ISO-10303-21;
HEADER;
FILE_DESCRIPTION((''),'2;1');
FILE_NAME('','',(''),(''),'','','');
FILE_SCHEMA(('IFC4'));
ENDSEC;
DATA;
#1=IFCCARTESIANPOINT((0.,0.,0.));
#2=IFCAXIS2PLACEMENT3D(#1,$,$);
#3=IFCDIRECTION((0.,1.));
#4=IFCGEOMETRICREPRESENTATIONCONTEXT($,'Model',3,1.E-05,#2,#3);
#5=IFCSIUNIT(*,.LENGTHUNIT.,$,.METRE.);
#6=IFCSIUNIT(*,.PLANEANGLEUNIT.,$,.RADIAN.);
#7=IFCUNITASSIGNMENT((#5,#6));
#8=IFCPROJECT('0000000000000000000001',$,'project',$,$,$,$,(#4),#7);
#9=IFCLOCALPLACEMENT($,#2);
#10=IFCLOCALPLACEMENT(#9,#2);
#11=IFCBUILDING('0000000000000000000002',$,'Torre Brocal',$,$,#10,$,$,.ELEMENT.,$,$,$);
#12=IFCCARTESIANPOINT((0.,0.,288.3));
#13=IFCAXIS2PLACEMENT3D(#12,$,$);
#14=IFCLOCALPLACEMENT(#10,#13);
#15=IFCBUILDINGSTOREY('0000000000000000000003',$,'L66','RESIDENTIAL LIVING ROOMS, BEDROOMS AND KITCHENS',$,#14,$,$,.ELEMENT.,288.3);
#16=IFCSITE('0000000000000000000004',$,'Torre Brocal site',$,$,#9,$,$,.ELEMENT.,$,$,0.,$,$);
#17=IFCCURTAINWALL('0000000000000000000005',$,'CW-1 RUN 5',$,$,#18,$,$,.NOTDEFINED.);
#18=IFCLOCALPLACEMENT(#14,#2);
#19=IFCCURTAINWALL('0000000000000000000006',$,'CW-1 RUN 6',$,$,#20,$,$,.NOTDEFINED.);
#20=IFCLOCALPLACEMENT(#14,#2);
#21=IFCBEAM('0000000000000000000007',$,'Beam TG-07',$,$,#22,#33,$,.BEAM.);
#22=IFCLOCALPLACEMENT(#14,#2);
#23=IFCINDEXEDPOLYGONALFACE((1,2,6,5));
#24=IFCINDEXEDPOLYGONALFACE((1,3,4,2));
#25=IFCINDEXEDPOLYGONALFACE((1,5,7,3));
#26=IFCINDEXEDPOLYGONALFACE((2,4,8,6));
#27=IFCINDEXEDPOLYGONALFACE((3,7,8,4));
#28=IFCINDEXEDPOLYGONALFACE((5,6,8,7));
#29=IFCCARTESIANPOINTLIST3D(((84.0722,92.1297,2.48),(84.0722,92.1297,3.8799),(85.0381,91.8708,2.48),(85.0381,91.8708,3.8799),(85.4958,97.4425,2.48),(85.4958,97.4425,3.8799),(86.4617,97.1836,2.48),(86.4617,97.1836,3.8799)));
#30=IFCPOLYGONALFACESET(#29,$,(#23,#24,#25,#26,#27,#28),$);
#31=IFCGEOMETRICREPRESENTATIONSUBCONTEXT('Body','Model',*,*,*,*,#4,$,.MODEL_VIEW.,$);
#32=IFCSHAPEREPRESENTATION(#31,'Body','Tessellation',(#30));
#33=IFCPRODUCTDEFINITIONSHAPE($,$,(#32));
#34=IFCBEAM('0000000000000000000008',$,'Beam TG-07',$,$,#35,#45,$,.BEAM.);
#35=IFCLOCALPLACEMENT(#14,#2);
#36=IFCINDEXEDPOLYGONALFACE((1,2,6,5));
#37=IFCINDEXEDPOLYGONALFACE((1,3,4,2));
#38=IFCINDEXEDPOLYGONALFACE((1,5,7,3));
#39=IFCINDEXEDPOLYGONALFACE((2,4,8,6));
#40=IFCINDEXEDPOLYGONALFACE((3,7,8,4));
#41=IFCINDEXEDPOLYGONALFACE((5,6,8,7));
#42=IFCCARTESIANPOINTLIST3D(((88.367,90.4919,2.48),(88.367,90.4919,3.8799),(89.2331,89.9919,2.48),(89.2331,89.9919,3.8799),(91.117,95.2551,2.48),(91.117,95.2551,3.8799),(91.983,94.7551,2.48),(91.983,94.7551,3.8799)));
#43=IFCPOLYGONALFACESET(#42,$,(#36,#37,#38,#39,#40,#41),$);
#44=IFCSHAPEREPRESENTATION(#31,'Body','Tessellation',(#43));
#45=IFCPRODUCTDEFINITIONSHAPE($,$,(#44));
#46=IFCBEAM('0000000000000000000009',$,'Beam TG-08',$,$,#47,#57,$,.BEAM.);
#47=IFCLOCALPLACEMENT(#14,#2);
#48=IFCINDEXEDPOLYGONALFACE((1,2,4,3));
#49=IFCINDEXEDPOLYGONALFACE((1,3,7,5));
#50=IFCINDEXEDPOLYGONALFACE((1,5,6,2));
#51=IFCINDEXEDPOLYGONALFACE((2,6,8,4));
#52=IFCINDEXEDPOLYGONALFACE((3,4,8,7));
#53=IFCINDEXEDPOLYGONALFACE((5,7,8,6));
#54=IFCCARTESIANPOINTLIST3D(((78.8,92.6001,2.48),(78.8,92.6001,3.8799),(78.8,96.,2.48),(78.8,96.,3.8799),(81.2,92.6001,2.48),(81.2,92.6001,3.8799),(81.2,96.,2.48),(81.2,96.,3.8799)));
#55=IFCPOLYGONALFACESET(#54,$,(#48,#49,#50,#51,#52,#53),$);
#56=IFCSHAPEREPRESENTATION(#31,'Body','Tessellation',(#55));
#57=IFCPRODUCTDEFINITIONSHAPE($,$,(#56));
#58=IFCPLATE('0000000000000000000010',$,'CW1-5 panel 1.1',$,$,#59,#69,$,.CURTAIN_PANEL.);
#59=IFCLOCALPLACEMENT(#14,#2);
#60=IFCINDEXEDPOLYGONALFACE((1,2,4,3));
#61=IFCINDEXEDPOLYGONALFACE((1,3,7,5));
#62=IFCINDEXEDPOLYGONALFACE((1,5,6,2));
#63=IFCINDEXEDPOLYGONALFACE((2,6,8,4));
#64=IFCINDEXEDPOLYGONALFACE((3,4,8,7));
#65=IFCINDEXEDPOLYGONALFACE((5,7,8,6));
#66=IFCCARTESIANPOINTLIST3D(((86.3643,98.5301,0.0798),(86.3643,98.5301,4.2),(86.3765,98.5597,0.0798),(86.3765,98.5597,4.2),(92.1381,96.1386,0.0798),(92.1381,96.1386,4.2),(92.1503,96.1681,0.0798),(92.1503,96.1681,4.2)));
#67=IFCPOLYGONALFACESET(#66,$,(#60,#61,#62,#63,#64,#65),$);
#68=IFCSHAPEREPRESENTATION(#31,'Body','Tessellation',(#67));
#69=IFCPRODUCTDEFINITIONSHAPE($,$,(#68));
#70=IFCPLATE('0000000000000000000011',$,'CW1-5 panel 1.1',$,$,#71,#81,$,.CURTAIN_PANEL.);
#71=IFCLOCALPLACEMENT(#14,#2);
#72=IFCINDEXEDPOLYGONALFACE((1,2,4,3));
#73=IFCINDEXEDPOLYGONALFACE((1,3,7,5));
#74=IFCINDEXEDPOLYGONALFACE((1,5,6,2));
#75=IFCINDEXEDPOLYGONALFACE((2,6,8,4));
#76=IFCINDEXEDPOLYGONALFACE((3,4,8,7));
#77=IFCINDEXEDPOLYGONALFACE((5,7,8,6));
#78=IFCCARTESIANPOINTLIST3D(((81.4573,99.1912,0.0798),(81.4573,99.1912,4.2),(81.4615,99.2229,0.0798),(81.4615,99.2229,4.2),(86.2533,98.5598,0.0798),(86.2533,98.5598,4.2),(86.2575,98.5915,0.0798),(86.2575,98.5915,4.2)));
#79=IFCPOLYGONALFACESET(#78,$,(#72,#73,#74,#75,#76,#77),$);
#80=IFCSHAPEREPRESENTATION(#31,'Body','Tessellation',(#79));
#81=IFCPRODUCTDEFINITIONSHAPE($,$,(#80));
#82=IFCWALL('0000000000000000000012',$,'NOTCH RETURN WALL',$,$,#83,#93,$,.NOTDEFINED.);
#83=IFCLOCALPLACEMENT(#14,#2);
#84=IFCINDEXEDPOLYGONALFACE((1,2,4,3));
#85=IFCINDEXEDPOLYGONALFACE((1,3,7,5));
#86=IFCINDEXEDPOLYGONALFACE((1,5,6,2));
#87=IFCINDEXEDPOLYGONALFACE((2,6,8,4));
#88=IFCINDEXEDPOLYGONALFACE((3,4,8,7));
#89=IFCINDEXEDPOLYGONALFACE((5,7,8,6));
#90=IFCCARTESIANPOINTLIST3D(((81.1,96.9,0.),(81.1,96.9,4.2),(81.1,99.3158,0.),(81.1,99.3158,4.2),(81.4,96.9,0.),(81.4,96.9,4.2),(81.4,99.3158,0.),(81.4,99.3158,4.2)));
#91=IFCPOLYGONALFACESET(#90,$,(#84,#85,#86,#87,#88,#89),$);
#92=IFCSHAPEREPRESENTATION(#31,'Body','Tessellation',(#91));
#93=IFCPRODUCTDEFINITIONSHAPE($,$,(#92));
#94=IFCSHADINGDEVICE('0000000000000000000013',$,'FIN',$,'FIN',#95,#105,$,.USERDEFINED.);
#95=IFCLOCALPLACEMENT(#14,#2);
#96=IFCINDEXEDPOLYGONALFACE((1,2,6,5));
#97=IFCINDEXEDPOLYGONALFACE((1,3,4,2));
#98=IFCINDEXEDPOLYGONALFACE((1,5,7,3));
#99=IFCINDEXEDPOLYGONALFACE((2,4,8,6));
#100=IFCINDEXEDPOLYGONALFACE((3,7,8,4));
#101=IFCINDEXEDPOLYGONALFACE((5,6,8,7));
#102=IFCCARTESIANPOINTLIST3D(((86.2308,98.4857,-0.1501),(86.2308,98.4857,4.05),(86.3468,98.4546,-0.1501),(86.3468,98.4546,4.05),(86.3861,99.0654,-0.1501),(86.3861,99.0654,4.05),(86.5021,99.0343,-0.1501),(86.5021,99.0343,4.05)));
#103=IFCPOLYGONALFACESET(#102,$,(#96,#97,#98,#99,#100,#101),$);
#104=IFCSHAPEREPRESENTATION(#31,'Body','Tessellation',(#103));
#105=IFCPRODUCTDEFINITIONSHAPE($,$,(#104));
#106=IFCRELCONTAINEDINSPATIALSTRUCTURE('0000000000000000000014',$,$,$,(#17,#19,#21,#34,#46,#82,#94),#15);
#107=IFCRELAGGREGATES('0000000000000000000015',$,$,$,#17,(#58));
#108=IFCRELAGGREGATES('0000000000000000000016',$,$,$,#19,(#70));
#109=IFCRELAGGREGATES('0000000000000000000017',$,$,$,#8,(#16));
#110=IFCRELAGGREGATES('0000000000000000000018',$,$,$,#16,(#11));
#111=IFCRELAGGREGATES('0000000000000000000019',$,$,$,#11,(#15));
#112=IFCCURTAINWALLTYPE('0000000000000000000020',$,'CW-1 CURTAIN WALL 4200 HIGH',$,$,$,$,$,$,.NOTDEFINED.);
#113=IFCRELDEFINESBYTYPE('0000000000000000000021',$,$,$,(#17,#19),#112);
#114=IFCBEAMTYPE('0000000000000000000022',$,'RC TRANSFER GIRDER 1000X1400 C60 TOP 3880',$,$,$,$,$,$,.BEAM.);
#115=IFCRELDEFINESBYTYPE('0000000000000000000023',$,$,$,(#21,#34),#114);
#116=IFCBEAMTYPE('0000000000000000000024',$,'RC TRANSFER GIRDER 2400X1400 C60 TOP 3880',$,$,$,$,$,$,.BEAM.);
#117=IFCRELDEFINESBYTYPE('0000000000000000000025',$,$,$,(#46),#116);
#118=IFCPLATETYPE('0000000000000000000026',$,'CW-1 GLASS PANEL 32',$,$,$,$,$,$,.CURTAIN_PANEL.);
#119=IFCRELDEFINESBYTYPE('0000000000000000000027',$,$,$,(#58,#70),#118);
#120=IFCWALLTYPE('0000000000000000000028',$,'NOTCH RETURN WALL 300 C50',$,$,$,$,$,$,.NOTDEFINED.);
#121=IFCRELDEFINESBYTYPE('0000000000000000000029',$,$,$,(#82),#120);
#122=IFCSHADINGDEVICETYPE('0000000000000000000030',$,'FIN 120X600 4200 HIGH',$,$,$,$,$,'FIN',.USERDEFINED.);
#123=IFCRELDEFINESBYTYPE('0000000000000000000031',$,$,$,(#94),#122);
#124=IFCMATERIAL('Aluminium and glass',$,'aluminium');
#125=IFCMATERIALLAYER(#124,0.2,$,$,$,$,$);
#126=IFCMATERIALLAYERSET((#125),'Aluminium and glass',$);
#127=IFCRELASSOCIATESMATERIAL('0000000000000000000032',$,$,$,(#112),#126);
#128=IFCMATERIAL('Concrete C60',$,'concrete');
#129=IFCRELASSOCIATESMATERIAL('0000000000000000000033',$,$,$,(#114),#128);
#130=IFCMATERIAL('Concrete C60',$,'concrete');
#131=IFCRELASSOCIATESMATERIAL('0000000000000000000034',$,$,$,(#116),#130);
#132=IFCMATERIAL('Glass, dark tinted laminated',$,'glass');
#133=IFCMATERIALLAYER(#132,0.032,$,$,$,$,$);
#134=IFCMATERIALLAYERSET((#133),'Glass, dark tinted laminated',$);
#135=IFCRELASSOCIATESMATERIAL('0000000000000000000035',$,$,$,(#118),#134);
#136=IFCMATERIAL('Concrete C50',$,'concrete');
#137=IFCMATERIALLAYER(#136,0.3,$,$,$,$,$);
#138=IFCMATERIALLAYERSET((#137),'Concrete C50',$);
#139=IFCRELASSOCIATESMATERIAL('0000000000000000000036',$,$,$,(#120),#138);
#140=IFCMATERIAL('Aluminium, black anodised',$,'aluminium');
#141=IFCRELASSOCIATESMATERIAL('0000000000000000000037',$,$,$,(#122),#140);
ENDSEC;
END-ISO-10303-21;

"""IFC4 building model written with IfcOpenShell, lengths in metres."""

from ifc_helpers import new_model, si_unit, direction, frame, frame_2d, origin, origin_2d, place, context, subcontext, project, spatial, rectangle, extrude, material, layer, layer_set, material_profile, profile_set, type_object, element, aggregate, save


model = new_model("IFC4")

# Units and contexts
model_context = context("Model", 3, precision=1e-05, world=origin(), true_north=direction((0.0, 1.0)))
body_context = subcontext(model_context, "Body", "Model", "MODEL_VIEW")
ifc_project = project(units=[si_unit("LENGTHUNIT", "METRE"), si_unit("PLANEANGLEUNIT", "RADIAN")], contexts=[model_context])

# Site, building, storey
site_placement = place(None, origin())
site = spatial("IfcSite", under=ifc_project, at=site_placement, Name="Torre Brocal site", CompositionType="ELEMENT", RefElevation=0.0)
building_placement = place(site_placement, origin())
building = spatial("IfcBuilding", under=site, at=building_placement, Name="Torre Brocal", CompositionType="ELEMENT")
storey_placement = place(building_placement, frame((0.0, 0.0, 288.3)))
storey = spatial("IfcBuildingStorey", under=building, at=storey_placement, Name="L66", Description="RESIDENTIAL LIVING ROOMS, BEDROOMS AND KITCHENS", CompositionType="ELEMENT", Elevation=288.3)

# Curtain wall
ifc_material_1 = material(Name="Aluminium and glass", Category="aluminium")
ifc_layer_1 = layer(ifc_material_1, 0.2)
ifc_layer_set_1 = layer_set([ifc_layer_1], Name="Aluminium and glass")
curtain_wall_type = type_object("IfcCurtainWallType", Name="CW-1 CURTAIN WALL 4200 HIGH", PredefinedType="NOTDEFINED", material=ifc_layer_set_1)
curtain_wall_1_placement = place(storey_placement, origin())
curtain_wall_1 = element("IfcCurtainWall", 1, at=curtain_wall_1_placement, inside=storey, type_object=curtain_wall_type, Name="CW-1 RUN 5", PredefinedType="NOTDEFINED")

# Curtain wall
curtain_wall_2_placement = place(storey_placement, origin())
curtain_wall_2 = element("IfcCurtainWall", 2, at=curtain_wall_2_placement, inside=storey, type_object=curtain_wall_type, Name="CW-1 RUN 6", PredefinedType="NOTDEFINED")

# Beams
ifc_material_2 = material(Name="Concrete C60", Category="concrete")
ifc_material_profile_1 = material_profile(ifc_material_2, rectangle(XDim=1.0, YDim=1.3999, at=origin_2d()), Name="RC 1000X1400")
ifc_profile_set_1 = profile_set([ifc_material_profile_1], Name="Concrete C60")
beam_type_1 = type_object("IfcBeamType", Name="RC TRANSFER GIRDER 1000X1400 C60 TOP 3880", PredefinedType="BEAM", material=ifc_profile_set_1)
beam_1_placement = place(storey_placement, frame((84.5552, 92.0002, 3.1799), z_axis=(0.258826, 0.965924, 0.0), x_axis=(-0.965924, 0.258826, 0.0)))
element("IfcBeam", 3, at=beam_1_placement, inside=storey, type_object=beam_type_1, Name="Beam TG-07", PredefinedType="BEAM", context=body_context, shape_type="SweptSolid", body=[
    extrude(rectangle(XDim=1.0, YDim=1.3999, at=origin_2d()), origin(), (0.0, 0.0, 1.0), 5.5002),
])
beam_2_placement = place(storey_placement, frame((88.8, 90.2419, 3.1799), z_axis=(0.499997, 0.866027, 0.0), x_axis=(-0.866027, 0.499997, 0.0)))
element("IfcBeam", 4, at=beam_2_placement, inside=storey, type_object=beam_type_1, Name="Beam TG-07", PredefinedType="BEAM", context=body_context, shape_type="SweptSolid", body=[
    extrude(rectangle(XDim=1.0, YDim=1.3999, at=origin_2d()), origin(), (0.0, 0.0, 1.0), 5.5),
])
ifc_material_3 = material(Name="Concrete C60", Category="concrete")
ifc_material_profile_2 = material_profile(ifc_material_3, rectangle(XDim=2.3999, YDim=1.3999, at=origin_2d()), Name="RC 2400X1400")
ifc_profile_set_2 = profile_set([ifc_material_profile_2], Name="Concrete C60")
beam_type_2 = type_object("IfcBeamType", Name="RC TRANSFER GIRDER 2400X1400 C60 TOP 3880", PredefinedType="BEAM", material=ifc_profile_set_2)
beam_3_placement = place(storey_placement, frame((80.0, 92.6001, 3.1799), z_axis=(0.0, 1.0, 0.0), x_axis=(-1.0, 0.0, 0.0)))
element("IfcBeam", 5, at=beam_3_placement, inside=storey, type_object=beam_type_2, Name="Beam TG-08", PredefinedType="BEAM", context=body_context, shape_type="SweptSolid", body=[
    extrude(rectangle(XDim=2.3999, YDim=1.3999, at=origin_2d()), origin(), (0.0, 0.0, 1.0), 3.3999),
])

# Plates
ifc_material_4 = material(Name="Glass, dark tinted laminated", Category="glass")
ifc_layer_2 = layer(ifc_material_4, 0.032)
ifc_layer_set_2 = layer_set([ifc_layer_2], Name="Glass, dark tinted laminated")
plate_type = type_object("IfcPlateType", Name="CW-1 GLASS PANEL 32", PredefinedType="CURTAIN_PANEL", material=ifc_layer_set_2)
plate_1_placement = place(storey_placement, frame((89.2573, 97.3491, 0.0798), z_axis=(0.0, 0.0, 1.0), x_axis=(-0.92388, 0.382683, 0.0)))
plate_1 = element("IfcPlate", 6, at=plate_1_placement, type_object=plate_type, Name="CW1-5 panel 1.1", PredefinedType="CURTAIN_PANEL", context=body_context, shape_type="SweptSolid", body=[
    extrude(rectangle(XDim=6.2495, YDim=0.032, at=origin_2d()), origin(), (0.0, 0.0, 1.0), 4.1201),
])
aggregate(curtain_wall_1, [plate_1])
plate_2_placement = place(storey_placement, frame((83.8574, 98.8914, 0.0798), z_axis=(0.0, 0.0, 1.0), x_axis=(-0.991445, 0.130526, 0.0)))
plate_2 = element("IfcPlate", 7, at=plate_2_placement, type_object=plate_type, Name="CW1-5 panel 1.1", PredefinedType="CURTAIN_PANEL", context=body_context, shape_type="SweptSolid", body=[
    extrude(rectangle(XDim=4.8374, YDim=0.032, at=origin_2d()), origin(), (0.0, 0.0, 1.0), 4.1201),
])
aggregate(curtain_wall_2, [plate_2])

# Wall
ifc_material_5 = material(Name="Concrete C50", Category="concrete")
ifc_layer_3 = layer(ifc_material_5, 0.3)
ifc_layer_set_3 = layer_set([ifc_layer_3], Name="Concrete C50")
wall_type = type_object("IfcWallType", Name="NOTCH RETURN WALL 300 C50", PredefinedType="NOTDEFINED", material=ifc_layer_set_3)
wall_placement = place(storey_placement, frame((81.25, 96.8999, 0.0), z_axis=(0.0, 0.0, 1.0), x_axis=(0.0, 1.0, 0.0)))
element("IfcWall", 8, at=wall_placement, inside=storey, type_object=wall_type, Name="NOTCH RETURN WALL", PredefinedType="NOTDEFINED", context=body_context, shape_type="SweptSolid", body=[
    extrude(rectangle(XDim=2.4158, YDim=0.3, at=frame_2d((1.208, 0.0))), origin(), (0.0, 0.0, 1.0), 4.2),
])

# Shading device
ifc_material_6 = material(Name="Aluminium, black anodised", Category="aluminium")
ifc_material_profile_3 = material_profile(ifc_material_6, rectangle(XDim=0.1201, YDim=0.6001, at=origin_2d()), Name="FIN 120X600 4200 HIGH")
ifc_profile_set_3 = profile_set([ifc_material_profile_3], Name="Aluminium, black anodised")
shading_device_type = type_object("IfcShadingDeviceType", Name="FIN 120X600 4200 HIGH", ElementType="FIN", PredefinedType="USERDEFINED", material=ifc_profile_set_3)
shading_device_placement = place(storey_placement, frame((86.3665, 98.76, -0.1501), z_axis=(0.0, 0.0, 1.0), x_axis=(-0.965926, 0.258819, 0.0)))
element("IfcShadingDevice", 9, at=shading_device_placement, inside=storey, type_object=shading_device_type, Name="FIN", ObjectType="FIN", PredefinedType="USERDEFINED", context=body_context, shape_type="SweptSolid", body=[
    extrude(rectangle(XDim=0.1201, YDim=0.6001, at=origin_2d()), origin(), (0.0, 0.0, 1.0), 4.2002),
])

save(model, "model.ifc")
